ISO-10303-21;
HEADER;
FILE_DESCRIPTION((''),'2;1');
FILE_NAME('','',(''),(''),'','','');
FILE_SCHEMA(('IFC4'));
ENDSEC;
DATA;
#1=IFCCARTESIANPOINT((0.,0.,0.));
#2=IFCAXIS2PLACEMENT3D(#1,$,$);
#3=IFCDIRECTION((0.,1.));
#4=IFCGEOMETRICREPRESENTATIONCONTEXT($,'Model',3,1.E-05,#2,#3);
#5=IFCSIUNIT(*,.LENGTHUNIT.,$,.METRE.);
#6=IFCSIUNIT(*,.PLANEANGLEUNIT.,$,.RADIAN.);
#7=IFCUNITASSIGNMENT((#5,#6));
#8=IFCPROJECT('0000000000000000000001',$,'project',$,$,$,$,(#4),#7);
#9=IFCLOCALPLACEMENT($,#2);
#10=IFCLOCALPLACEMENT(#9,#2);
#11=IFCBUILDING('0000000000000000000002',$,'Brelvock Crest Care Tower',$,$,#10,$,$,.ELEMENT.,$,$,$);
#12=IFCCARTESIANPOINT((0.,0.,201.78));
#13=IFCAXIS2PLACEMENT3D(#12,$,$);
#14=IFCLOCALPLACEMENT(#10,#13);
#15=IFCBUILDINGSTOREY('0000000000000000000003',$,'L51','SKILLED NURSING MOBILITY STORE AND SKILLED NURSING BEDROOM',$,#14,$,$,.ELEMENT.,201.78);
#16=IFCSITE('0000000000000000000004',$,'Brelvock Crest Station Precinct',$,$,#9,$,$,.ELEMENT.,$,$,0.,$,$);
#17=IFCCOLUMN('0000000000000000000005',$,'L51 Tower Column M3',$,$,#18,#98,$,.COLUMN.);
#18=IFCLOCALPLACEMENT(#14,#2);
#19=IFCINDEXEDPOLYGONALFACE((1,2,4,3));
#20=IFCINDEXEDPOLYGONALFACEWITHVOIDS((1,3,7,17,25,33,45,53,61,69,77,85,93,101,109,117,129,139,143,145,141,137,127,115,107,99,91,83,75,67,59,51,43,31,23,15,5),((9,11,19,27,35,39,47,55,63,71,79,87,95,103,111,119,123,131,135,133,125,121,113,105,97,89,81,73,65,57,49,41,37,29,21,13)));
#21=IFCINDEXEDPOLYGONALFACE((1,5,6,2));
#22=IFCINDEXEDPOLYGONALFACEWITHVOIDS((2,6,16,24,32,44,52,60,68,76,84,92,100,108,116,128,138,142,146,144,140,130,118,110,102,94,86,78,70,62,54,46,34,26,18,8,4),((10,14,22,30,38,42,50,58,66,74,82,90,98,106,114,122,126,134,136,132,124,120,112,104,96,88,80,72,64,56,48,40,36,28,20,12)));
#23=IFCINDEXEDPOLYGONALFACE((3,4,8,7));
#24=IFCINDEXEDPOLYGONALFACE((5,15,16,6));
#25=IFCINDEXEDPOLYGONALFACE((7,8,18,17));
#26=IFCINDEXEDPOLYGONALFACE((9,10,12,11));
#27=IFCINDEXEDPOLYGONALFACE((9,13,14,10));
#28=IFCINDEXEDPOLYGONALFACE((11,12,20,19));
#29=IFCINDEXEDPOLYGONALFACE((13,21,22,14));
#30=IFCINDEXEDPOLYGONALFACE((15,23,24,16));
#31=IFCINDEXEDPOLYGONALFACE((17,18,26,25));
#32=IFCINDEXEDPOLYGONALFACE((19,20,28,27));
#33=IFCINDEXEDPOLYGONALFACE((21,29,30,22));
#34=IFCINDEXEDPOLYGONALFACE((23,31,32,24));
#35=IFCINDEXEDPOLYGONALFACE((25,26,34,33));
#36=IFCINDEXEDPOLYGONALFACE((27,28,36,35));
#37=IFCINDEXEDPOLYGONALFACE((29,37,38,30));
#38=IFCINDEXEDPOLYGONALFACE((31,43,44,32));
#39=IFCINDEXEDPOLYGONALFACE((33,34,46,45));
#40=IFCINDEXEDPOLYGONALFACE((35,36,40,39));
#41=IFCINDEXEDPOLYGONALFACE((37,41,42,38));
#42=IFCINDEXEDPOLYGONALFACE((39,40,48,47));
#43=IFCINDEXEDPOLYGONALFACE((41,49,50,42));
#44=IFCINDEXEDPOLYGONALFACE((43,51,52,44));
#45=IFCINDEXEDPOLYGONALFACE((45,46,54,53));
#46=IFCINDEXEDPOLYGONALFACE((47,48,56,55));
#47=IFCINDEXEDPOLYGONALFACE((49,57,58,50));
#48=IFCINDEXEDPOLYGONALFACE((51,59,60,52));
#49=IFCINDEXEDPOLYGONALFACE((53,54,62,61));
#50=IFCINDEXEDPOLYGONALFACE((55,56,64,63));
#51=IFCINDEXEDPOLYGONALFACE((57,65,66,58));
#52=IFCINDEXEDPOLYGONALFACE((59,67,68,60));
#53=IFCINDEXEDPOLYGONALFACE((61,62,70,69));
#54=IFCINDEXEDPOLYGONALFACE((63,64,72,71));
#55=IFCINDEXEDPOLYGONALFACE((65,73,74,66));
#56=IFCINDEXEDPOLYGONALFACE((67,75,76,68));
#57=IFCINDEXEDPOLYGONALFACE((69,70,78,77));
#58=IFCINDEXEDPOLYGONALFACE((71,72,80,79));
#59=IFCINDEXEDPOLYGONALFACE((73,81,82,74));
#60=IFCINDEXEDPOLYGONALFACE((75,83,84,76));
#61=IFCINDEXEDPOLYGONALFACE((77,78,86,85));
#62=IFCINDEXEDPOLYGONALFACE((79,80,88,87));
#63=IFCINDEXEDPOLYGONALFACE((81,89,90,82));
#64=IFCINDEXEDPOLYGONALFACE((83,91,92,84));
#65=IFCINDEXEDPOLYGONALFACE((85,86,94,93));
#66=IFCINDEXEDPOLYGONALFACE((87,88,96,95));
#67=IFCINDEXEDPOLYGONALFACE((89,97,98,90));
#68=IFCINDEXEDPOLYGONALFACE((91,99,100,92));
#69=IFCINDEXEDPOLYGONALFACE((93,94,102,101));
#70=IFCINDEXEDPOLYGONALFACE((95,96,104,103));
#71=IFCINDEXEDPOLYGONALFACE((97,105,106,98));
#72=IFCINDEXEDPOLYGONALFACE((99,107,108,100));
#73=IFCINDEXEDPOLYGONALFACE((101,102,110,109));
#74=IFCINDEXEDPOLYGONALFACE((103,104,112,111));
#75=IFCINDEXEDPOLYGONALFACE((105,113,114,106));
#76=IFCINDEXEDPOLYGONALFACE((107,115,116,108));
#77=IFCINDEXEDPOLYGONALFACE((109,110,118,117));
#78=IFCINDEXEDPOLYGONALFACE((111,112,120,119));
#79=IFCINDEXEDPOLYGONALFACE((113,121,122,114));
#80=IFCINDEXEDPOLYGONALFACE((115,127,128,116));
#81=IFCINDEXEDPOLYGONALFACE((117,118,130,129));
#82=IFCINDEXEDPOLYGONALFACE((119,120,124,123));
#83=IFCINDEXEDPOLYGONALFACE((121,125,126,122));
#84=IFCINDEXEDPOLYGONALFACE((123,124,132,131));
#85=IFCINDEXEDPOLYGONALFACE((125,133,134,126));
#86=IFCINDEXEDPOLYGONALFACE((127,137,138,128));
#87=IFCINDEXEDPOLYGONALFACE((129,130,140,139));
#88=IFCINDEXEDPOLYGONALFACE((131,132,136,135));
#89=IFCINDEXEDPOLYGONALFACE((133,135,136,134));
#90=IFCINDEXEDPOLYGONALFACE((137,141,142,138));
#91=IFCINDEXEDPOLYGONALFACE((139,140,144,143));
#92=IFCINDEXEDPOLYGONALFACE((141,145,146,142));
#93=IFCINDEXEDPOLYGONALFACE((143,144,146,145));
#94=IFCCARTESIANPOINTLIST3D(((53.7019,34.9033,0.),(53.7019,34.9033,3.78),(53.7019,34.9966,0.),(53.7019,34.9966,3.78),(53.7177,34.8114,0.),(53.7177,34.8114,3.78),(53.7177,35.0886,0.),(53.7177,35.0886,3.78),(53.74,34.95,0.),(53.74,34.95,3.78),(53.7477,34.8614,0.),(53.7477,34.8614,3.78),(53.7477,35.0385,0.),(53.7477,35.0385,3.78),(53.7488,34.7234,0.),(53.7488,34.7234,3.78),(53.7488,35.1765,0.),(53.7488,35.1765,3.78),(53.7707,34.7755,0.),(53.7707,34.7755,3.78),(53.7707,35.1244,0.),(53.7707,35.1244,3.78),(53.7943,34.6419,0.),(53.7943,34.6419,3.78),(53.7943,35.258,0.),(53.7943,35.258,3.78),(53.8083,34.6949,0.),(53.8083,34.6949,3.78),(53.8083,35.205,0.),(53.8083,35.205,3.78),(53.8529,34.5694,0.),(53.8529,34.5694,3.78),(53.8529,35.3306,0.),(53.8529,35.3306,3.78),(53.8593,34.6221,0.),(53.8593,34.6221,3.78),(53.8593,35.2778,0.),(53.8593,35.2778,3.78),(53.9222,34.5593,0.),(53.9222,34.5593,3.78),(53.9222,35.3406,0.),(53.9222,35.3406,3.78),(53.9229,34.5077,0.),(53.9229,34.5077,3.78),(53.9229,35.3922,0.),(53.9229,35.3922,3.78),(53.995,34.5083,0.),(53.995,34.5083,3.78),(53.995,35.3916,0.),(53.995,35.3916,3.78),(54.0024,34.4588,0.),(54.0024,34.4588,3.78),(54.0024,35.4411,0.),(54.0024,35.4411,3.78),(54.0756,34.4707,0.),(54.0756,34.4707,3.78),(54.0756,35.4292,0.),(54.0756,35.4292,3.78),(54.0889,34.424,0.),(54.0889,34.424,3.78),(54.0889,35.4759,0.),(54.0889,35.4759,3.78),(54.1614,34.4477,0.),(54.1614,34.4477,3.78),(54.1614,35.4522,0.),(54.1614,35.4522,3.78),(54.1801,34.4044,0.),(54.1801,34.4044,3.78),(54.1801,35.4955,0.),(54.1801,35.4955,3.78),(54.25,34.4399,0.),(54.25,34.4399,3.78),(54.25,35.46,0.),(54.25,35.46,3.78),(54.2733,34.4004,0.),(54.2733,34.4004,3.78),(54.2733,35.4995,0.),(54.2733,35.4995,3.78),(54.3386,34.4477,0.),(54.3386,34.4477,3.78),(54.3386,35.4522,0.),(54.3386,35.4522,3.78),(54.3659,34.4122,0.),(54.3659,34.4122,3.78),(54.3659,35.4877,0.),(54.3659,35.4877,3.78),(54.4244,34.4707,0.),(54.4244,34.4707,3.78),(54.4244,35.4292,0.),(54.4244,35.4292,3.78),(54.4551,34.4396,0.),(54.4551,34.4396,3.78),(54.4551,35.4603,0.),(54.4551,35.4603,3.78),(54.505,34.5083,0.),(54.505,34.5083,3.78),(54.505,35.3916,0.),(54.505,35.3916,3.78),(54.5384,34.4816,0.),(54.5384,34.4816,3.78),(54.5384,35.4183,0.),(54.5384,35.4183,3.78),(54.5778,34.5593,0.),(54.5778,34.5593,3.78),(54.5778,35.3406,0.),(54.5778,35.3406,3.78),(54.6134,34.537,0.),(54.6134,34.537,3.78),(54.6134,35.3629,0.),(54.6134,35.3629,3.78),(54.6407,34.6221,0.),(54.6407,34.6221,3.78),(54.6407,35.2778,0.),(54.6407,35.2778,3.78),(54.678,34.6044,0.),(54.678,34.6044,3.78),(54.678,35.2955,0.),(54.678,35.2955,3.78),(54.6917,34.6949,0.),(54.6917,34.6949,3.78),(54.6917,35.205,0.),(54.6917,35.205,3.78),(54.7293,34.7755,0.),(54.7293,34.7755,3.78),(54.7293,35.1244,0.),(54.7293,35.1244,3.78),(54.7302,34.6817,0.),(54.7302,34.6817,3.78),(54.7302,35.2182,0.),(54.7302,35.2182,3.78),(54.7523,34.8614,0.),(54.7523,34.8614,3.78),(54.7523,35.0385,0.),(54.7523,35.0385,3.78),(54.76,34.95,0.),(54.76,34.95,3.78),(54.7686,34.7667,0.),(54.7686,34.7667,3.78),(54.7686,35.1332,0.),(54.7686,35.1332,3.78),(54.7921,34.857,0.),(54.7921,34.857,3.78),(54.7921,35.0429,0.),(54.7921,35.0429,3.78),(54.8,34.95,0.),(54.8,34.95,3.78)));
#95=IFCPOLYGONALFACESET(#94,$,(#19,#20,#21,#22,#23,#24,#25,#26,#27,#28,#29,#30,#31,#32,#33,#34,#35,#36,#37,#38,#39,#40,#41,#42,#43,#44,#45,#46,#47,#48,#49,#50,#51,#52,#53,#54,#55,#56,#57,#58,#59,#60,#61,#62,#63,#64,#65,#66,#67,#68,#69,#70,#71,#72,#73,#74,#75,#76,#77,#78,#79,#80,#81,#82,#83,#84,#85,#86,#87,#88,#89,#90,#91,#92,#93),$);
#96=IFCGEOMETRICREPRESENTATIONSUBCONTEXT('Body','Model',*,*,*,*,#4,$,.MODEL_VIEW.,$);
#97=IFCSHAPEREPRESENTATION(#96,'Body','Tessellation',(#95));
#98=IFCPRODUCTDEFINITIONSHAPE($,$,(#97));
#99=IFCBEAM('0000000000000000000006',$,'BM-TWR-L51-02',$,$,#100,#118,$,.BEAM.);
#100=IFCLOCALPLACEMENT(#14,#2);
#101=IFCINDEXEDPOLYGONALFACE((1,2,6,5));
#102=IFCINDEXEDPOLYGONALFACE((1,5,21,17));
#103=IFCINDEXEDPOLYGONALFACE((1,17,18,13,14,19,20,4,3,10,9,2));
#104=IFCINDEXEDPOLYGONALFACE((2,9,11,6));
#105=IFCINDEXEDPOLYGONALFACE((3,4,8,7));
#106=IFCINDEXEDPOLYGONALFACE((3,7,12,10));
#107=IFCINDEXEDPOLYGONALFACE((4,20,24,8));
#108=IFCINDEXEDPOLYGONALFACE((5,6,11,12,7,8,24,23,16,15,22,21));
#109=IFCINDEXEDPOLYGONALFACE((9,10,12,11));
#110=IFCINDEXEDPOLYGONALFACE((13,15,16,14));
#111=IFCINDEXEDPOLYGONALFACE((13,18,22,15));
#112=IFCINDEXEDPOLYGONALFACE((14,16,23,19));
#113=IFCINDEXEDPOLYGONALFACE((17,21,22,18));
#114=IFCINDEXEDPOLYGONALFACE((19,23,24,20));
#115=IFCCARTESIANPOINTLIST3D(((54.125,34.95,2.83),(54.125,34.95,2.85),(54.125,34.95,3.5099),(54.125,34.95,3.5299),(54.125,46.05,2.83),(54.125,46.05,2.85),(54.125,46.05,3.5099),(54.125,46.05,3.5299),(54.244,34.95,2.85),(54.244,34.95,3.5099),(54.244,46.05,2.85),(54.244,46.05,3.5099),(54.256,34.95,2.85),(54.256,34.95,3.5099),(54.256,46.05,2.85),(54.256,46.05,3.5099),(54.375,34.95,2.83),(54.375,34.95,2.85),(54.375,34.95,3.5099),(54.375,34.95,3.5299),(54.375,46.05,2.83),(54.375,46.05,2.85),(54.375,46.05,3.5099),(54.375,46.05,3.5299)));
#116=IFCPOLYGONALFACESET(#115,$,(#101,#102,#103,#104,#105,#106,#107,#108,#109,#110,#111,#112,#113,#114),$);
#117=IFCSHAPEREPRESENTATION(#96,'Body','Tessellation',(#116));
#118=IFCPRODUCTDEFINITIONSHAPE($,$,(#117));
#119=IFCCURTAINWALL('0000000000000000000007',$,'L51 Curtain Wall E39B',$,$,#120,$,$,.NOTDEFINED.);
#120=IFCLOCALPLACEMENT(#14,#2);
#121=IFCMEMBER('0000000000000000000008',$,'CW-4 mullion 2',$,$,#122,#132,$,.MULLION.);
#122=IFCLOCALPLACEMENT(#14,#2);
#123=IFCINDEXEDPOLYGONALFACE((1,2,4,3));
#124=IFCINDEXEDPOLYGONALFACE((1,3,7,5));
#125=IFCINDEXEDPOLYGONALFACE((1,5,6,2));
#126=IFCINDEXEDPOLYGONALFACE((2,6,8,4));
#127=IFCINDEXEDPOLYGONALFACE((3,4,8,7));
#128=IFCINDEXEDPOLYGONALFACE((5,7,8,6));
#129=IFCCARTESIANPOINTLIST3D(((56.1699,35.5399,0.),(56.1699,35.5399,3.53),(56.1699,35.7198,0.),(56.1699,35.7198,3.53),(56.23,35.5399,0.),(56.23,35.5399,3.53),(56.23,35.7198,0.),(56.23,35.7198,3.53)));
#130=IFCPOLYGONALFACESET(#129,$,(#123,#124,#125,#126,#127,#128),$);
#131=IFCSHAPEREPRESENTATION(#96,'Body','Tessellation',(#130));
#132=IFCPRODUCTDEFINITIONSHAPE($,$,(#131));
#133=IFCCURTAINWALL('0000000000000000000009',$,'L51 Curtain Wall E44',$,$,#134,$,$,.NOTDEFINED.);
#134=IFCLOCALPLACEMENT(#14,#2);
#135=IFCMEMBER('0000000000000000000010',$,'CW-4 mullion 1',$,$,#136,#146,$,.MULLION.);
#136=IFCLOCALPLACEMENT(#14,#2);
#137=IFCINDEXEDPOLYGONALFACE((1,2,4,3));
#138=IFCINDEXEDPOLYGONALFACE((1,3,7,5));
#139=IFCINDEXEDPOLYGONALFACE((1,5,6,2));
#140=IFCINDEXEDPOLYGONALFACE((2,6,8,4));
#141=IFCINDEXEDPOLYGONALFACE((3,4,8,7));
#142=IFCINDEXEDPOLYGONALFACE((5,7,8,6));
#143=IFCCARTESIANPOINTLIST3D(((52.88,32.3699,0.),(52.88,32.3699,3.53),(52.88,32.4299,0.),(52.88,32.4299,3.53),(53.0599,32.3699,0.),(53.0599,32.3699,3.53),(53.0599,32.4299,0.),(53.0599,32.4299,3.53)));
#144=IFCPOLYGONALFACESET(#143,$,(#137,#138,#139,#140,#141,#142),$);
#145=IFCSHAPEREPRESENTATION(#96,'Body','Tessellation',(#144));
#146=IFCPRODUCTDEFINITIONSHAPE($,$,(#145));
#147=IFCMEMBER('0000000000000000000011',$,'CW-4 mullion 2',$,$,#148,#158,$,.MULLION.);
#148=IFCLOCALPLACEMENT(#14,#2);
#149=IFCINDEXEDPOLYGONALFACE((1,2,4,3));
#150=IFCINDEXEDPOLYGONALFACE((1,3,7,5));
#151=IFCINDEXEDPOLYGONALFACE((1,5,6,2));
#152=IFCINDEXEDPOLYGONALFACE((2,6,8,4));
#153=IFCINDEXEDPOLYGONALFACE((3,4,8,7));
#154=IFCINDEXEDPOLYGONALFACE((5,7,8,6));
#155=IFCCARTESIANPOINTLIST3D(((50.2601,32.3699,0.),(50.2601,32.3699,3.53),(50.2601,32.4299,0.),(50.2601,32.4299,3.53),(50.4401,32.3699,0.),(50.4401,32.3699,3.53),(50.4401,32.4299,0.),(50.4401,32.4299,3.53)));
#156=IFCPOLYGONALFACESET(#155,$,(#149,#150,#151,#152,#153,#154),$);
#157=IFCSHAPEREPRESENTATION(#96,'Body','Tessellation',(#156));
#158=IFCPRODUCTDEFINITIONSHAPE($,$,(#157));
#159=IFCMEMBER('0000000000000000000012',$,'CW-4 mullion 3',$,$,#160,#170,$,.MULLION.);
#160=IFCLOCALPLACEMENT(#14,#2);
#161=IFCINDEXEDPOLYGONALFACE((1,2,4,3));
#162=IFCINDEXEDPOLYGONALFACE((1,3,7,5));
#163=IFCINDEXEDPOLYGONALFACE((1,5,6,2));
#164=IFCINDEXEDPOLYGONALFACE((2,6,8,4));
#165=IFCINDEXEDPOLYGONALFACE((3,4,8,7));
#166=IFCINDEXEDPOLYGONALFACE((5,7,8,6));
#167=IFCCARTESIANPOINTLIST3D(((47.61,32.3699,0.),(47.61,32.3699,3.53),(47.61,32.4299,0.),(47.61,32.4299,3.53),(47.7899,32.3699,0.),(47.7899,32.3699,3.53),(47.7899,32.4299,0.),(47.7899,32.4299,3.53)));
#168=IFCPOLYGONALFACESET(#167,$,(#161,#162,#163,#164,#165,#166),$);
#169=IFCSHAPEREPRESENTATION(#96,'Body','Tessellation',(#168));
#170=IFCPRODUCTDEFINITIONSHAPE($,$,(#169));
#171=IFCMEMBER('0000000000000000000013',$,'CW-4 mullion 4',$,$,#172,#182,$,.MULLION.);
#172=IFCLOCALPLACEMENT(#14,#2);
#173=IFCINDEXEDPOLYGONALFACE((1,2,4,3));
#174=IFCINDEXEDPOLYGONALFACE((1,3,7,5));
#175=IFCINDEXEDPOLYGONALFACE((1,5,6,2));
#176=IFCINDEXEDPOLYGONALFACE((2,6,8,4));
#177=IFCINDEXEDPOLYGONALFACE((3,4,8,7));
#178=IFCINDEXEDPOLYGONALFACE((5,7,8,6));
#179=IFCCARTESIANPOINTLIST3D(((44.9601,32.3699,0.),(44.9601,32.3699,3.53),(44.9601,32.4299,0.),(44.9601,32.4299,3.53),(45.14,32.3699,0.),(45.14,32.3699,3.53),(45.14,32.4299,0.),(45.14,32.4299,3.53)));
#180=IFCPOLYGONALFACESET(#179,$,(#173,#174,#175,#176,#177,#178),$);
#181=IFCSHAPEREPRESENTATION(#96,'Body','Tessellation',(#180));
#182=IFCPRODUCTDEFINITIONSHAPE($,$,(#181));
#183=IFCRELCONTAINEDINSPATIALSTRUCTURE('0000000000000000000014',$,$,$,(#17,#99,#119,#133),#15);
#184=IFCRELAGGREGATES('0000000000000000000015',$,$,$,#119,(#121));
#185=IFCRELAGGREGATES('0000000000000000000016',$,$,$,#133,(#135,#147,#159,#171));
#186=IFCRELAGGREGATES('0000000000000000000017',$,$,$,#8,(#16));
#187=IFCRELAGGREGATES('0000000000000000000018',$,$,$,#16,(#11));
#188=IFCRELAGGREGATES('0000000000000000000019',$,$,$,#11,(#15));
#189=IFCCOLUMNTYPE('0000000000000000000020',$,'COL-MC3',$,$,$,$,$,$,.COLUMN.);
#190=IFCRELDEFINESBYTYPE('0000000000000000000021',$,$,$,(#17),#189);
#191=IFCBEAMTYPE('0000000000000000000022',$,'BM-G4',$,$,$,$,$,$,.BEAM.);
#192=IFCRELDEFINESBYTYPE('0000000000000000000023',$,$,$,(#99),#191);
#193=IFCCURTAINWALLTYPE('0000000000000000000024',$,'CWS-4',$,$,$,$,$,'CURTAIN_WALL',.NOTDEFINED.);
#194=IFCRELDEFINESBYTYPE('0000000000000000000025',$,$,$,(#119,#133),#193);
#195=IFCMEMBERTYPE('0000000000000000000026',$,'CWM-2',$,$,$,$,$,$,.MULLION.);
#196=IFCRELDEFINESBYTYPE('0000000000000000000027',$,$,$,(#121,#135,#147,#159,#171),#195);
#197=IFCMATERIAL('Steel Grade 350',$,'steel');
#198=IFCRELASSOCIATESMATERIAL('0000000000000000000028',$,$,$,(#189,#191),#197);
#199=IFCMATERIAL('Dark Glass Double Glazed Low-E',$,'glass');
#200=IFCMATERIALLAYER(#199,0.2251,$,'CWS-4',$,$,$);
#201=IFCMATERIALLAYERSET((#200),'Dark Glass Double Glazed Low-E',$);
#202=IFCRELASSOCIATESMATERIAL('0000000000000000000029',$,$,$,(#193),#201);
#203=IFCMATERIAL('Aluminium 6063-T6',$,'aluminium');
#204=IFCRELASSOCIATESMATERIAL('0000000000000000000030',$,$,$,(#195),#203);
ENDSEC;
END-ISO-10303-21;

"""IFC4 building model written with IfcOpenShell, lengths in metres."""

from ifc_helpers import new_model, si_unit, direction, frame, origin, origin_2d, place, context, subcontext, project, spatial, rectangle, hollow_circle, i_section, extrude, source, transform, mapped, material, layer, layer_set, material_profile, profile_set, type_object, element, aggregate, save


model = new_model("IFC4")

# Units and contexts
model_context = context("Model", 3, precision=1e-05, world=origin(), true_north=direction((0.0, 1.0)))
body_context = subcontext(model_context, "Body", "Model", "MODEL_VIEW")
ifc_project = project(units=[si_unit("LENGTHUNIT", "METRE"), si_unit("PLANEANGLEUNIT", "RADIAN")], contexts=[model_context])

# Site, building, storey
site_placement = place(None, origin())
site = spatial("IfcSite", under=ifc_project, at=site_placement, Name="Brelvock Crest Station Precinct", CompositionType="ELEMENT", RefElevation=0.0)
building_placement = place(site_placement, origin())
building = spatial("IfcBuilding", under=site, at=building_placement, Name="Brelvock Crest Care Tower", CompositionType="ELEMENT")
storey_placement = place(building_placement, frame((0.0, 0.0, 201.78)))
storey = spatial("IfcBuildingStorey", under=building, at=storey_placement, Name="L51", Description="SKILLED NURSING MOBILITY STORE AND SKILLED NURSING BEDROOM", CompositionType="ELEMENT", Elevation=201.78)

# Column
ifc_material_1 = material(Name="Steel Grade 350", Category="steel")
ifc_material_profile_1 = material_profile(ifc_material_1, hollow_circle(Radius=0.55, WallThickness=0.04, at=origin_2d()), Name="CFT1100x40")
ifc_profile_set_1 = profile_set([ifc_material_profile_1], Name="Steel Grade 350")
column_type = type_object("IfcColumnType", Name="COL-MC3", PredefinedType="COLUMN", material=ifc_profile_set_1)
shared_shape_1 = source(origin(), body_context, "Body", "SweptSolid", [
    extrude(hollow_circle(Radius=0.55, WallThickness=0.04, at=origin_2d()), origin(), (0.0, 0.0, 1.0), 3.78),
])
column_placement = place(storey_placement, frame((54.25, 34.95, 0.0), z_axis=(0.0, 0.0, 1.0), x_axis=(1.0, 0.0, 0.0)))
element("IfcColumn", 1, at=column_placement, inside=storey, type_object=column_type, Name="L51 Tower Column M3", PredefinedType="COLUMN", context=body_context, shape_type="MappedRepresentation", body=[
    mapped(shared_shape_1, transform((0.0, 0.0, 0.0), x_axis=(1.0, 0.0, 0.0), y_axis=(0.0, 1.0, 0.0), z_axis=(0.0, 0.0, 1.0), scale=1.0)),
])

# Beam
ifc_material_profile_2 = material_profile(ifc_material_1, i_section(OverallWidth=0.25, OverallDepth=0.7, WebThickness=0.012, FlangeThickness=0.02, at=origin_2d()), Name="700WB150")
ifc_profile_set_2 = profile_set([ifc_material_profile_2], Name="Steel Grade 350")
beam_type = type_object("IfcBeamType", Name="BM-G4", PredefinedType="BEAM", material=ifc_profile_set_2)
shared_shape_2 = source(origin(), body_context, "Body", "SweptSolid", [
    extrude(i_section(OverallWidth=0.25, OverallDepth=0.7, WebThickness=0.012, FlangeThickness=0.02, at=origin_2d()), origin(), (0.0, 0.0, 1.0), 11.1001),
])
beam_placement = place(storey_placement, frame((54.25, 34.95, 3.1799), z_axis=(0.0, 1.0, 0.0), x_axis=(-1.0, 0.0, 0.0)))
element("IfcBeam", 2, at=beam_placement, inside=storey, type_object=beam_type, Name="BM-TWR-L51-02", PredefinedType="BEAM", context=body_context, shape_type="MappedRepresentation", body=[
    mapped(shared_shape_2, transform((0.0, 0.0, 0.0), x_axis=(1.0, 0.0, 0.0), y_axis=(0.0, 1.0, 0.0), z_axis=(0.0, 0.0, 1.0), scale=1.0)),
])

# Curtain wall, member
ifc_material_2 = material(Name="Dark Glass Double Glazed Low-E", Category="glass")
ifc_layer_1 = layer(ifc_material_2, 0.2251, Name="CWS-4")
ifc_layer_set_1 = layer_set([ifc_layer_1], Name="Dark Glass Double Glazed Low-E")
curtain_wall_type = type_object("IfcCurtainWallType", Name="CWS-4", ElementType="CURTAIN_WALL", PredefinedType="NOTDEFINED", material=ifc_layer_set_1)
curtain_wall_1_placement = place(storey_placement, origin())
curtain_wall_1 = element("IfcCurtainWall", 3, at=curtain_wall_1_placement, inside=storey, type_object=curtain_wall_type, Name="L51 Curtain Wall E39B", PredefinedType="NOTDEFINED")
ifc_material_3 = material(Name="Aluminium 6063-T6", Category="aluminium")
ifc_material_profile_3 = material_profile(ifc_material_3, rectangle(XDim=0.0601, YDim=0.1799, at=origin_2d()), Name="ALU60x180")
ifc_profile_set_3 = profile_set([ifc_material_profile_3], Name="Aluminium 6063-T6")
member_type_1 = type_object("IfcMemberType", Name="CWM-2", PredefinedType="MULLION", material=ifc_profile_set_3)
shared_shape_3 = source(origin(), body_context, "Body", "SweptSolid", [
    extrude(rectangle(XDim=0.0601, YDim=0.1799, at=origin_2d()), origin(), (0.0, 0.0, 1.0), 3.53),
])
member_1_placement = place(storey_placement, frame((56.2, 35.6299, 0.0), z_axis=(0.0, 0.0, 1.0), x_axis=(1.0, 0.0, 0.0)))
member_1 = element("IfcMember", 4, at=member_1_placement, type_object=member_type_1, Name="CW-4 mullion 2", PredefinedType="MULLION", context=body_context, shape_type="MappedRepresentation", body=[
    mapped(shared_shape_3, transform((0.0, 0.0, 0.0), x_axis=(1.0, 0.0, 0.0), y_axis=(0.0, 1.0, 0.0), z_axis=(0.0, 0.0, 1.0), scale=1.0)),
])
aggregate(curtain_wall_1, [member_1])

# Curtain wall, members
curtain_wall_2_placement = place(storey_placement, origin())
curtain_wall_2 = element("IfcCurtainWall", 5, at=curtain_wall_2_placement, inside=storey, type_object=curtain_wall_type, Name="L51 Curtain Wall E44", PredefinedType="NOTDEFINED")
member_2_placement = place(storey_placement, frame((52.97, 32.3999, 0.0), z_axis=(0.0, 0.0, 1.0), x_axis=(0.0, -1.0, 0.0)))
member_2 = element("IfcMember", 6, at=member_2_placement, type_object=member_type_1, Name="CW-4 mullion 1", PredefinedType="MULLION", context=body_context, shape_type="MappedRepresentation", body=[
    mapped(shared_shape_3, transform((0.0, 0.0, 0.0), x_axis=(1.0, 0.0, 0.0), y_axis=(0.0, 1.0, 0.0), z_axis=(0.0, 0.0, 1.0), scale=1.0)),
])
member_3_placement = place(storey_placement, frame((50.3501, 32.3999, 0.0), z_axis=(0.0, 0.0, 1.0), x_axis=(0.0, -1.0, 0.0)))
member_3 = element("IfcMember", 7, at=member_3_placement, type_object=member_type_1, Name="CW-4 mullion 2", PredefinedType="MULLION", context=body_context, shape_type="MappedRepresentation", body=[
    mapped(shared_shape_3, transform((0.0, 0.0, 0.0), x_axis=(1.0, 0.0, 0.0), y_axis=(0.0, 1.0, 0.0), z_axis=(0.0, 0.0, 1.0), scale=1.0)),
])
member_4_placement = place(storey_placement, frame((47.7, 32.3999, 0.0), z_axis=(0.0, 0.0, 1.0), x_axis=(0.0, -1.0, 0.0)))
member_4 = element("IfcMember", 8, at=member_4_placement, type_object=member_type_1, Name="CW-4 mullion 3", PredefinedType="MULLION", context=body_context, shape_type="MappedRepresentation", body=[
    mapped(shared_shape_3, transform((0.0, 0.0, 0.0), x_axis=(1.0, 0.0, 0.0), y_axis=(0.0, 1.0, 0.0), z_axis=(0.0, 0.0, 1.0), scale=1.0)),
])
member_5_placement = place(storey_placement, frame((45.05, 32.3999, 0.0), z_axis=(0.0, 0.0, 1.0), x_axis=(0.0, -1.0, 0.0)))
member_5 = element("IfcMember", 9, at=member_5_placement, type_object=member_type_1, Name="CW-4 mullion 4", PredefinedType="MULLION", context=body_context, shape_type="MappedRepresentation", body=[
    mapped(shared_shape_3, transform((0.0, 0.0, 0.0), x_axis=(1.0, 0.0, 0.0), y_axis=(0.0, 1.0, 0.0), z_axis=(0.0, 0.0, 1.0), scale=1.0)),
])
aggregate(curtain_wall_2, [member_2, member_3, member_4, member_5])

save(model, "model.ifc")
